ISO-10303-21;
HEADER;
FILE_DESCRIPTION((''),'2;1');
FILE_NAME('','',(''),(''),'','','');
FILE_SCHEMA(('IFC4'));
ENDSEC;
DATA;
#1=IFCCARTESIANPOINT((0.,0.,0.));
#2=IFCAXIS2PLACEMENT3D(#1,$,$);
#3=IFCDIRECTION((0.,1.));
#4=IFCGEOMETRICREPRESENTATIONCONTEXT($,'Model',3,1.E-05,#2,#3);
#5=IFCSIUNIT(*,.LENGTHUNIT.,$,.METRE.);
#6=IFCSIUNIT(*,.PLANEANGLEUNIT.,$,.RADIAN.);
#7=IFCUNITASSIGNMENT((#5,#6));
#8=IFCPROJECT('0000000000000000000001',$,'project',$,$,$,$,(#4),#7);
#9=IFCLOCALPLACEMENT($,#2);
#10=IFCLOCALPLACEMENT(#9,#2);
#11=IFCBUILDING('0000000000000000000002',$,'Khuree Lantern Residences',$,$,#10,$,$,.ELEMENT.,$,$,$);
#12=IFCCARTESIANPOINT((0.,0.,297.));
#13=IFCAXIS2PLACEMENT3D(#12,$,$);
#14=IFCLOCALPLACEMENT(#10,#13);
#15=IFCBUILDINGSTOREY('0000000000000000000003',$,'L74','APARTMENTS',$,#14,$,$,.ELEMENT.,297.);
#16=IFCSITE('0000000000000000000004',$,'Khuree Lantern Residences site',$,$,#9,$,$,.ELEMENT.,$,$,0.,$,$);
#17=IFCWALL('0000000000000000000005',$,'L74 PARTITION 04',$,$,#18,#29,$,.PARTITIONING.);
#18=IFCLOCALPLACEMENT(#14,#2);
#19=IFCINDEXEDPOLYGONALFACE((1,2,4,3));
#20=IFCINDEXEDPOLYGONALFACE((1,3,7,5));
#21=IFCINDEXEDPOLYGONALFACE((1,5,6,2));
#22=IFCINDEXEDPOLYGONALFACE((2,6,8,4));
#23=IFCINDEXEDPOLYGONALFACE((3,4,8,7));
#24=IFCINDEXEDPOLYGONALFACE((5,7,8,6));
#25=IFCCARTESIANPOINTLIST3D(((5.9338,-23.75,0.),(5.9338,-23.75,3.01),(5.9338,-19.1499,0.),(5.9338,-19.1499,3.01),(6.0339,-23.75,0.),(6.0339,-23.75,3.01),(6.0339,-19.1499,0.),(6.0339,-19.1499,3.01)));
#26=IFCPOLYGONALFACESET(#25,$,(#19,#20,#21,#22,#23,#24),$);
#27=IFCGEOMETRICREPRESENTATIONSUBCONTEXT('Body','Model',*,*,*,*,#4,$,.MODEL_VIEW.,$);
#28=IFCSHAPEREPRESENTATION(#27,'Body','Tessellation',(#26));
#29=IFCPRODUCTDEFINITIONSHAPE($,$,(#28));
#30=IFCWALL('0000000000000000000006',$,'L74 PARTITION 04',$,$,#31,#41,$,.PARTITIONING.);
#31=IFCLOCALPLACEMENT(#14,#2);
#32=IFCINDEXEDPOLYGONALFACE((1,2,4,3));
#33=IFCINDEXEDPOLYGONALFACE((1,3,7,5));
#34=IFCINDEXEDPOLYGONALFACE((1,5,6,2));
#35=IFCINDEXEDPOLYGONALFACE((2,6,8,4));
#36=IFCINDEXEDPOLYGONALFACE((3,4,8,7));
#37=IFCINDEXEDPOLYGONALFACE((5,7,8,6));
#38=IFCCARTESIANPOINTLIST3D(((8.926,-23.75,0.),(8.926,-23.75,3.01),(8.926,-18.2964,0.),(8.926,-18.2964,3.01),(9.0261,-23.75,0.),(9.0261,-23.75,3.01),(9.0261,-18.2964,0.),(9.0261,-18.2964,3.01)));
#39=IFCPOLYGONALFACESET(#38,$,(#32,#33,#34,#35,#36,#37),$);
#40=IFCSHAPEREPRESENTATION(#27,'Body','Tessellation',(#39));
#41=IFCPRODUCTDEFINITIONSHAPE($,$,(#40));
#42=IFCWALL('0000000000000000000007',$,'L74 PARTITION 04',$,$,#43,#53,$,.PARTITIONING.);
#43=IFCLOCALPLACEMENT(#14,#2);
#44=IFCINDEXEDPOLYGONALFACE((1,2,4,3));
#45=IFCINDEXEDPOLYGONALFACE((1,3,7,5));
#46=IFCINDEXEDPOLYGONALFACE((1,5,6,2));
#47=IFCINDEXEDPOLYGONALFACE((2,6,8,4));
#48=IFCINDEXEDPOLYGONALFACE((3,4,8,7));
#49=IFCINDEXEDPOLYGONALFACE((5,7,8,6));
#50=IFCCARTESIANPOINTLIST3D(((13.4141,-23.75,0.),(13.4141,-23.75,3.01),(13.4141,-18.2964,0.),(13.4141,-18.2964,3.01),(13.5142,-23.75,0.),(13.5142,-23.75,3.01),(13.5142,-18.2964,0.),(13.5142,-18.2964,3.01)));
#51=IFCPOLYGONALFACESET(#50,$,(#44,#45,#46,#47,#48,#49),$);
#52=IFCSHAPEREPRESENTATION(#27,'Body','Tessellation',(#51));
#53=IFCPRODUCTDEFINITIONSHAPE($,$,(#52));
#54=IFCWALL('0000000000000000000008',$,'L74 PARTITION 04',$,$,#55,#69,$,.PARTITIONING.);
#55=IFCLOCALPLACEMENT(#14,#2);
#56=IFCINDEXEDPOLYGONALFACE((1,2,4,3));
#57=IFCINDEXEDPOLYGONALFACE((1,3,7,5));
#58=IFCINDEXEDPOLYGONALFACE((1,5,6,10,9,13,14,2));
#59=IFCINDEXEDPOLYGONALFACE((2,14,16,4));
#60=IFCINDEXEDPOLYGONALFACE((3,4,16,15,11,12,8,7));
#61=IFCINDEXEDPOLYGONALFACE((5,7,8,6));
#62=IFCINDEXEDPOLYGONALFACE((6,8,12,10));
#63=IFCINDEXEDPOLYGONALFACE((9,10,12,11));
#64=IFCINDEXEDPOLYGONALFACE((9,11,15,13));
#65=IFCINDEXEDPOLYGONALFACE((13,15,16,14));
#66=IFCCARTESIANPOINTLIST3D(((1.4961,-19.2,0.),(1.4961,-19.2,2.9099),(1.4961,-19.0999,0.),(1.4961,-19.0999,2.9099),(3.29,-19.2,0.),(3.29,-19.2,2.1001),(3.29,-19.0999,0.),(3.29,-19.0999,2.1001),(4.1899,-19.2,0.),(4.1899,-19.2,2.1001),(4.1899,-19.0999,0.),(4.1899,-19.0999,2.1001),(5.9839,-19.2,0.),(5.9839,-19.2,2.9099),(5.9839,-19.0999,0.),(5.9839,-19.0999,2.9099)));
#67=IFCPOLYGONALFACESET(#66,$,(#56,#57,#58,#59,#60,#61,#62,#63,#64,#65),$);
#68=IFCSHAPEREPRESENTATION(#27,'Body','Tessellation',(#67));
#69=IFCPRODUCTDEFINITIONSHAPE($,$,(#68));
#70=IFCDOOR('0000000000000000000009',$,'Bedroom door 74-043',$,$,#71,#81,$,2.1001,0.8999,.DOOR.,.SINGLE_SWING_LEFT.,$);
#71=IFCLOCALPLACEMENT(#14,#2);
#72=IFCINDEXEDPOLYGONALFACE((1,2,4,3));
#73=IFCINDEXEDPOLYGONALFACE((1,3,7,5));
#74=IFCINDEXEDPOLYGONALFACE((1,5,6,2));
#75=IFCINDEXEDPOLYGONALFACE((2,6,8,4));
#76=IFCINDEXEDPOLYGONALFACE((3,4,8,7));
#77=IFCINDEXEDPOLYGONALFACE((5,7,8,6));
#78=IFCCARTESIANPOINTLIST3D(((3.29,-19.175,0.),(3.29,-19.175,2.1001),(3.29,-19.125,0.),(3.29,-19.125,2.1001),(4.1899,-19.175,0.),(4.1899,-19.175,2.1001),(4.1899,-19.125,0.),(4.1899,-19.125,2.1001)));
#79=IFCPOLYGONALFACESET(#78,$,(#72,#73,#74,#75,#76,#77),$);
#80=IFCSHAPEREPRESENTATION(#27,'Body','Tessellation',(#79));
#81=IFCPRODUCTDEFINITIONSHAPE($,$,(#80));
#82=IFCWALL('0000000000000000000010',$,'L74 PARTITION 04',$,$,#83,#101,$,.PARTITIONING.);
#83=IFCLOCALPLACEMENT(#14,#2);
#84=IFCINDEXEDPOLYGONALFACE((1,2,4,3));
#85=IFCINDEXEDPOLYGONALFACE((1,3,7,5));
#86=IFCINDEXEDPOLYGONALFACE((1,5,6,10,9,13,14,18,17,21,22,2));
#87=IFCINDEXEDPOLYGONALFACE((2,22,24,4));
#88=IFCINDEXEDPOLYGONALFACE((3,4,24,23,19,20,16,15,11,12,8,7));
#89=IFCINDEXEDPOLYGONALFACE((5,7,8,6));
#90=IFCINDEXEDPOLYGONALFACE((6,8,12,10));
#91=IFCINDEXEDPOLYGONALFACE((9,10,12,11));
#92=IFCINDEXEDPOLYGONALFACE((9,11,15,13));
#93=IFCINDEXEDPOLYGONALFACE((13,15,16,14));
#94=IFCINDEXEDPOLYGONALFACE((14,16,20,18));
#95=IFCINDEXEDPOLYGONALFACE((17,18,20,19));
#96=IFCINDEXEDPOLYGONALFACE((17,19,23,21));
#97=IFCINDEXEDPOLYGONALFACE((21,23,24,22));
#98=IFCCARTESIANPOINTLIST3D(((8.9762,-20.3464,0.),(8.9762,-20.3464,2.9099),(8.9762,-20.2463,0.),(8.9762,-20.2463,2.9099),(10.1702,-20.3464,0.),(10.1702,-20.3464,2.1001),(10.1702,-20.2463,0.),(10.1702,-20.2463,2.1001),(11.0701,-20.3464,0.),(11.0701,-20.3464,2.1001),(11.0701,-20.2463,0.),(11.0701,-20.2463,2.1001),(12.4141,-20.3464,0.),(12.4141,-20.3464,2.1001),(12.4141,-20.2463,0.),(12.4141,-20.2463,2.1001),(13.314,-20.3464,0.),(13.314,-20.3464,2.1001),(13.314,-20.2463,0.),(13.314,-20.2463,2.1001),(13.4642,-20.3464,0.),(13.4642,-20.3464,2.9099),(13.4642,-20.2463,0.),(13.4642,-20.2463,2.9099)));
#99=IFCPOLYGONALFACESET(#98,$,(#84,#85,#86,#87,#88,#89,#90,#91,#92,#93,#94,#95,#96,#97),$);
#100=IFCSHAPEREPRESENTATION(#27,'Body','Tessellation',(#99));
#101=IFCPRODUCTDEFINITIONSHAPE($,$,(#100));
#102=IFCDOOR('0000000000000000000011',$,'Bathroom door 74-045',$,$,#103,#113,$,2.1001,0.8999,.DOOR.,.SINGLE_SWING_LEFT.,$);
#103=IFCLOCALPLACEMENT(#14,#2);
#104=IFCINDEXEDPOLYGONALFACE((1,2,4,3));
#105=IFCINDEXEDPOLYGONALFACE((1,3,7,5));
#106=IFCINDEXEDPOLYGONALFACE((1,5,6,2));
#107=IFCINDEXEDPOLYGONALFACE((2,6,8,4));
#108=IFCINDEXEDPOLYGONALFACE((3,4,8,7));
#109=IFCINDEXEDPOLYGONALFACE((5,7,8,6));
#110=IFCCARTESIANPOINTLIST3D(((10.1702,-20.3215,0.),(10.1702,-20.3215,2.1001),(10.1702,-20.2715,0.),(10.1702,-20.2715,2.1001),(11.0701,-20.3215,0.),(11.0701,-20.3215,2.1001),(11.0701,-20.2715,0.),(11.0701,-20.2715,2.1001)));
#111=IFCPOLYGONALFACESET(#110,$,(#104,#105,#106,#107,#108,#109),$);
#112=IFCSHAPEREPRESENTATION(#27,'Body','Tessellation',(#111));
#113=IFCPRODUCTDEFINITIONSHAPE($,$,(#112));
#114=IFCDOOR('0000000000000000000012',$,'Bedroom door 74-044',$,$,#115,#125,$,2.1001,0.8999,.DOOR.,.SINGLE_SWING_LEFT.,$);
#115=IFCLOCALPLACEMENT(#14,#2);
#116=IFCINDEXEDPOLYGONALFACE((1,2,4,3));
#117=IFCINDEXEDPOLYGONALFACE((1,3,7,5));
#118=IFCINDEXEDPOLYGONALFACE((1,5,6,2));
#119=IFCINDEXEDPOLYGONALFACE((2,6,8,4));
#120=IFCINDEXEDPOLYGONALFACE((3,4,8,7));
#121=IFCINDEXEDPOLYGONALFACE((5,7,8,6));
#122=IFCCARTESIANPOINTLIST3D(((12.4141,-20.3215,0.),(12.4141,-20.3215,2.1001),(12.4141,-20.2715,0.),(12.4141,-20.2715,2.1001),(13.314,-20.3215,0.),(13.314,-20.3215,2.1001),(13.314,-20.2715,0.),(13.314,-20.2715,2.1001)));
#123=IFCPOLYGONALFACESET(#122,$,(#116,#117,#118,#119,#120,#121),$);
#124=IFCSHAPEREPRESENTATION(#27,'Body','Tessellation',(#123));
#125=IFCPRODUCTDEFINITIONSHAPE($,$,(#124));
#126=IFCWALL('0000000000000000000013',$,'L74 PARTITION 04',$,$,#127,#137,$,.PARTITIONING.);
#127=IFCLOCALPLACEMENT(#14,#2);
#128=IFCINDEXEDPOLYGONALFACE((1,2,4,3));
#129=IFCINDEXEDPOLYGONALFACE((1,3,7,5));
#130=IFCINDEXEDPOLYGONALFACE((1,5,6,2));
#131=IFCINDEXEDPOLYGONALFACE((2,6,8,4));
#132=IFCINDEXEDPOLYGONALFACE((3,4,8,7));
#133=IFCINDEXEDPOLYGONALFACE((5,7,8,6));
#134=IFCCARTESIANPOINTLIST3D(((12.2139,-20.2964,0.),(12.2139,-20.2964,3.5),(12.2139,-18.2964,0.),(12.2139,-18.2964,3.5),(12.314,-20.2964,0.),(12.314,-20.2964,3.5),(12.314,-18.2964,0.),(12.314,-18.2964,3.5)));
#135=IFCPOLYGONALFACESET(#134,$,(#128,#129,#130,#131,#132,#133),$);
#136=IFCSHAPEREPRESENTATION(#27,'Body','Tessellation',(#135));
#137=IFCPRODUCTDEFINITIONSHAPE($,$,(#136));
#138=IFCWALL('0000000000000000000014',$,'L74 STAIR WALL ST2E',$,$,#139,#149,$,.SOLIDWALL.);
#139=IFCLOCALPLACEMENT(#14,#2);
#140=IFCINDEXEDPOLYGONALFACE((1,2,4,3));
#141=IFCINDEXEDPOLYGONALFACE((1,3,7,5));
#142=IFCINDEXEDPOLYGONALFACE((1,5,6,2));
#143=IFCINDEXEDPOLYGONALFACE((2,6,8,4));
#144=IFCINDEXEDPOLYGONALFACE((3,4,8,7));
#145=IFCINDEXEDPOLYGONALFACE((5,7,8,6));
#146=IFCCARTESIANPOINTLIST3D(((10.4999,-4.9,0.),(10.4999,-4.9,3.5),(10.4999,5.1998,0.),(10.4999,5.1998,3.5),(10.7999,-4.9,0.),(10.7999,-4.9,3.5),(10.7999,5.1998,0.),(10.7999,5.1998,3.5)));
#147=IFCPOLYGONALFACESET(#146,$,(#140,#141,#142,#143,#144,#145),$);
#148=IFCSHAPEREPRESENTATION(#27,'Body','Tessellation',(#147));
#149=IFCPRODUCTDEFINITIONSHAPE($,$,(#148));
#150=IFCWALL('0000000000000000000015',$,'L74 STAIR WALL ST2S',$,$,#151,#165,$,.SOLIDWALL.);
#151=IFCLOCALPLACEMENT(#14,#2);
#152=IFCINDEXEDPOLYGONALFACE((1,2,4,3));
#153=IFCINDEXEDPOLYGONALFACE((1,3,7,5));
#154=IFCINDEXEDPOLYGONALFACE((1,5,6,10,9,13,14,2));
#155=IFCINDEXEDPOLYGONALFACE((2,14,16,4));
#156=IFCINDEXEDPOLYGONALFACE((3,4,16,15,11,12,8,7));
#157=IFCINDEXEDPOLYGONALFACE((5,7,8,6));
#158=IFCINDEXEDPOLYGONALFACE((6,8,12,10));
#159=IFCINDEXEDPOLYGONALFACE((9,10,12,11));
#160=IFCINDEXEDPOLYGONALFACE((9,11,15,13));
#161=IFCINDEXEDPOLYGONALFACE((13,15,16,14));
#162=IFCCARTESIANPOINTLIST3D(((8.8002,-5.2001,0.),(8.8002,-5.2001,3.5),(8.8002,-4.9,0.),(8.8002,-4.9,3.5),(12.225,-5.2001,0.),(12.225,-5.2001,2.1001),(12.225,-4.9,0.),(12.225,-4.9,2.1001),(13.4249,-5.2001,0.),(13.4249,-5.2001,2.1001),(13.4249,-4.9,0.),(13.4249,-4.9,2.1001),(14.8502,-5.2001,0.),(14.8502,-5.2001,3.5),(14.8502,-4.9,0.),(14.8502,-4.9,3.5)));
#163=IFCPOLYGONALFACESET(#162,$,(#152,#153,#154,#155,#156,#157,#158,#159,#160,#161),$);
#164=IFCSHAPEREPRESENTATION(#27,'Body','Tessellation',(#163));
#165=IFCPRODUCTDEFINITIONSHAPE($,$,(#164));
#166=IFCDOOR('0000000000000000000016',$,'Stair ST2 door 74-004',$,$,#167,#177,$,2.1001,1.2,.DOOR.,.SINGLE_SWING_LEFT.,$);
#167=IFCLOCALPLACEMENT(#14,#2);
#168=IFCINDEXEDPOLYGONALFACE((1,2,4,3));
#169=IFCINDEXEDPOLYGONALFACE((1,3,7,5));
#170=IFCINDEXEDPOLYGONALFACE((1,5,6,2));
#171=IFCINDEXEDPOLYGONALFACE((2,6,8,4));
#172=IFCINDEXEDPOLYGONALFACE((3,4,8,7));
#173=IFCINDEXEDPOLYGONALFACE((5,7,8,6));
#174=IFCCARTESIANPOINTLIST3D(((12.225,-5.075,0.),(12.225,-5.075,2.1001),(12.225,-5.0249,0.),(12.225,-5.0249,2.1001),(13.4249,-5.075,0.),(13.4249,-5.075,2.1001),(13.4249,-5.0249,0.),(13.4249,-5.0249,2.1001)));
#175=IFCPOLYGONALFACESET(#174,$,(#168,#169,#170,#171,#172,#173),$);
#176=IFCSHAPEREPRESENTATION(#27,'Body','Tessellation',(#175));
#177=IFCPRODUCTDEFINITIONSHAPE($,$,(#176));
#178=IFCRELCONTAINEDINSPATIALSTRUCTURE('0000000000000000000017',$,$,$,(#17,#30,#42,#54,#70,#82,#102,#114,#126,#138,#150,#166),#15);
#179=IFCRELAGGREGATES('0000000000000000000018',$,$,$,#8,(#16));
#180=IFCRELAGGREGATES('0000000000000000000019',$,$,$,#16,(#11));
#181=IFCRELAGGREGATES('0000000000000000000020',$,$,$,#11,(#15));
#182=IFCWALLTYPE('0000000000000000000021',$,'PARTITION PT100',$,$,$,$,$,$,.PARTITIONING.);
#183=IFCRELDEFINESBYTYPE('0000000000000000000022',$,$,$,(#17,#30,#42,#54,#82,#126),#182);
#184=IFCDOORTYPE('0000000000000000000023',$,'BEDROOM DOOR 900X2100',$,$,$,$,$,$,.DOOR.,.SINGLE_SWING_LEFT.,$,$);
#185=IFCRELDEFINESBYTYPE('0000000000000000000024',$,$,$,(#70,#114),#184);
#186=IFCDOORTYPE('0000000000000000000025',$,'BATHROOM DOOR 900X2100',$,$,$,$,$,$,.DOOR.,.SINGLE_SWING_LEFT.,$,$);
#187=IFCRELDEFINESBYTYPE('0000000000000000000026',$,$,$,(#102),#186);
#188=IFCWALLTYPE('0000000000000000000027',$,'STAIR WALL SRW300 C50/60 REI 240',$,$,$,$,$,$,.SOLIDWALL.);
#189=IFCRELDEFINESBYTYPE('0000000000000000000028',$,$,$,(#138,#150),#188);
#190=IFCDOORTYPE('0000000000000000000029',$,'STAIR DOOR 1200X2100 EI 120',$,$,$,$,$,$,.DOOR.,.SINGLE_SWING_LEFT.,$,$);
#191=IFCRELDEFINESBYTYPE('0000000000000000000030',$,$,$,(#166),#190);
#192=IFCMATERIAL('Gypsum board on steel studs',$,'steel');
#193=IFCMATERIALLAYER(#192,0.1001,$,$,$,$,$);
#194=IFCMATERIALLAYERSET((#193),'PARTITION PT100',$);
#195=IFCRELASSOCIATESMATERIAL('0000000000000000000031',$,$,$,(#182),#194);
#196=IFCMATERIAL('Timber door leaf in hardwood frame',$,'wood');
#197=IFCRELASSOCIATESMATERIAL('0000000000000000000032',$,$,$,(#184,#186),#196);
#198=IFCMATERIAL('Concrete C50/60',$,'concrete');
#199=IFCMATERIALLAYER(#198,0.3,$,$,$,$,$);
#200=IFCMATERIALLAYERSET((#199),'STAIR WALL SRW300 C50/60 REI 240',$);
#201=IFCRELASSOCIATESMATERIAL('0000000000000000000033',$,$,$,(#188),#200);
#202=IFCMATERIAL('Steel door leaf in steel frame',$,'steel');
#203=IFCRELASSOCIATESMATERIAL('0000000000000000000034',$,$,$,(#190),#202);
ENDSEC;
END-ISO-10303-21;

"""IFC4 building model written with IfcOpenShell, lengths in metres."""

from ifc_helpers import new_model, si_unit, direction, frame, frame_2d, origin, place, context, subcontext, project, spatial, rectangle, extrude, material, layer, layer_set, type_object, element, fill, save


model = new_model("IFC4")

# Units and contexts
model_context = context("Model", 3, precision=1e-05, world=origin(), true_north=direction((0.0, 1.0)))
body_context = subcontext(model_context, "Body", "Model", "MODEL_VIEW")
ifc_project = project(units=[si_unit("LENGTHUNIT", "METRE"), si_unit("PLANEANGLEUNIT", "RADIAN")], contexts=[model_context])

# Site, building, storey
site_placement = place(None, origin())
site = spatial("IfcSite", under=ifc_project, at=site_placement, Name="Khuree Lantern Residences site", CompositionType="ELEMENT", RefElevation=0.0)
building_placement = place(site_placement, origin())
building = spatial("IfcBuilding", under=site, at=building_placement, Name="Khuree Lantern Residences", CompositionType="ELEMENT")
storey_placement = place(building_placement, frame((0.0, 0.0, 297.0)))
storey = spatial("IfcBuildingStorey", under=building, at=storey_placement, Name="L74", Description="APARTMENTS", CompositionType="ELEMENT", Elevation=297.0)

# Shared definitions
ifc_material_1 = material(Name="Timber door leaf in hardwood frame", Category="wood")

# Walls
ifc_material_2 = material(Name="Gypsum board on steel studs", Category="steel")
ifc_layer_1 = layer(ifc_material_2, 0.1001)
ifc_layer_set_1 = layer_set([ifc_layer_1], Name="PARTITION PT100")
wall_type_1 = type_object("IfcWallType", Name="PARTITION PT100", PredefinedType="PARTITIONING", material=ifc_layer_set_1)
for number, where, z_axis, x_axis, name in (
    (1, (5.9839, -19.1499, 0.0), (0.0, 0.0, 1.0), (0.0, -1.0, 0.0), "L74 PARTITION 04"),
):
    element("IfcWall", number, at=place(storey_placement, frame(where, z_axis=z_axis, x_axis=x_axis)), inside=storey, type_object=wall_type_1, Name=name, PredefinedType="PARTITIONING", context=body_context, shape_type="SweptSolid", body=[
        extrude(rectangle(XDim=4.6001, YDim=0.1001, at=frame_2d((2.3, 0.0))), origin(), (0.0, 0.0, 1.0), 3.01),
    ])
for number, where, z_axis, x_axis, name in (
    (2, (8.9761, -18.2964, 0.0), (0.0, 0.0, 1.0), (0.0, -1.0, 0.0), "L74 PARTITION 04"),
    (3, (13.4641, -18.2964, 0.0), (0.0, 0.0, 1.0), (0.0, -1.0, 0.0), "L74 PARTITION 04"),
):
    element("IfcWall", number, at=place(storey_placement, frame(where, z_axis=z_axis, x_axis=x_axis)), inside=storey, type_object=wall_type_1, Name=name, PredefinedType="PARTITIONING", context=body_context, shape_type="SweptSolid", body=[
        extrude(rectangle(XDim=5.4536, YDim=0.1001, at=frame_2d((2.7268, 0.0))), origin(), (0.0, 0.0, 1.0), 3.01),
    ])

# Wall, opening, door
wall_1_placement = place(storey_placement, frame((1.4961, -19.1499, 0.0), z_axis=(0.0, 0.0, 1.0), x_axis=(1.0, 0.0, 0.0)))
wall_1 = element("IfcWall", 4, at=wall_1_placement, inside=storey, type_object=wall_type_1, Name="L74 PARTITION 04", PredefinedType="PARTITIONING", context=body_context, shape_type="SweptSolid", body=[
    extrude(rectangle(XDim=4.4878, YDim=0.1001, at=frame_2d((2.2439, 0.0))), origin(), (0.0, 0.0, 1.0), 2.9099),
])
opening_1_placement = place(wall_1_placement, frame((1.7939, 0.0, 0.0)))
opening_1 = element("IfcOpeningElement", 5, at=opening_1_placement, cuts=wall_1, PredefinedType="OPENING", context=body_context, shape_type="SweptSolid", body=[
    extrude(rectangle(XDim=0.8999, YDim=2.1001, at=frame_2d((0.45, 1.05))), frame((0.0, 0.0601, 0.0), z_axis=(0.0, -1.0, 0.0), x_axis=(1.0, 0.0, 0.0)), (0.0, 0.0, 1.0), 0.1201),
])
door_type_1 = type_object("IfcDoorType", Name="BEDROOM DOOR 900X2100", OperationType="SINGLE_SWING_LEFT", PredefinedType="DOOR", material=ifc_material_1)
door_1_placement = place(opening_1_placement, origin())
door_1 = element("IfcDoor", 6, at=door_1_placement, inside=storey, type_object=door_type_1, Name="Bedroom door 74-043", OperationType="SINGLE_SWING_LEFT", OverallHeight=2.1001, OverallWidth=0.8999, PredefinedType="DOOR", context=body_context, shape_type="SweptSolid", body=[
    extrude(rectangle(XDim=0.8999, YDim=2.1001, at=frame_2d((0.45, 1.05))), frame((0.0, 0.0249, 0.0), z_axis=(0.0, -1.0, 0.0), x_axis=(1.0, 0.0, 0.0)), (0.0, 0.0, 1.0), 0.05),
])
fill(opening_1, door_1)

# Wall, openings, doors
wall_2_placement = place(storey_placement, frame((8.9761, -20.2964, 0.0), z_axis=(0.0, 0.0, 1.0), x_axis=(1.0, 0.0, 0.0)))
wall_2 = element("IfcWall", 7, at=wall_2_placement, inside=storey, type_object=wall_type_1, Name="L74 PARTITION 04", PredefinedType="PARTITIONING", context=body_context, shape_type="SweptSolid", body=[
    extrude(rectangle(XDim=4.488, YDim=0.1001, at=frame_2d((2.2441, 0.0))), origin(), (0.0, 0.0, 1.0), 2.9099),
])
opening_2_placement = place(wall_2_placement, frame((3.438, 0.0, 0.0)))
opening_2 = element("IfcOpeningElement", 8, at=opening_2_placement, cuts=wall_2, PredefinedType="OPENING", context=body_context, shape_type="SweptSolid", body=[
    extrude(rectangle(XDim=0.8999, YDim=2.1001, at=frame_2d((0.45, 1.05))), frame((0.0, 0.0601, 0.0), z_axis=(0.0, -1.0, 0.0), x_axis=(1.0, 0.0, 0.0)), (0.0, 0.0, 1.0), 0.1201),
])
opening_3_placement = place(wall_2_placement, frame((1.1941, 0.0, 0.0)))
opening_3 = element("IfcOpeningElement", 9, at=opening_3_placement, cuts=wall_2, PredefinedType="OPENING", context=body_context, shape_type="SweptSolid", body=[
    extrude(rectangle(XDim=0.8999, YDim=2.1001, at=frame_2d((0.45, 1.05))), frame((0.0, 0.0601, 0.0), z_axis=(0.0, -1.0, 0.0), x_axis=(1.0, 0.0, 0.0)), (0.0, 0.0, 1.0), 0.1201),
])
door_type_2 = type_object("IfcDoorType", Name="BATHROOM DOOR 900X2100", OperationType="SINGLE_SWING_LEFT", PredefinedType="DOOR", material=ifc_material_1)
door_2_placement = place(opening_3_placement, origin())
door_2 = element("IfcDoor", 10, at=door_2_placement, inside=storey, type_object=door_type_2, Name="Bathroom door 74-045", OperationType="SINGLE_SWING_LEFT", OverallHeight=2.1001, OverallWidth=0.8999, PredefinedType="DOOR", context=body_context, shape_type="SweptSolid", body=[
    extrude(rectangle(XDim=0.8999, YDim=2.1001, at=frame_2d((0.45, 1.05))), frame((0.0, 0.0249, 0.0), z_axis=(0.0, -1.0, 0.0), x_axis=(1.0, 0.0, 0.0)), (0.0, 0.0, 1.0), 0.05),
])
fill(opening_3, door_2)
door_3_placement = place(opening_2_placement, origin())
door_3 = element("IfcDoor", 11, at=door_3_placement, inside=storey, type_object=door_type_1, Name="Bedroom door 74-044", OperationType="SINGLE_SWING_LEFT", OverallHeight=2.1001, OverallWidth=0.8999, PredefinedType="DOOR", context=body_context, shape_type="SweptSolid", body=[
    extrude(rectangle(XDim=0.8999, YDim=2.1001, at=frame_2d((0.45, 1.05))), frame((0.0, 0.0249, 0.0), z_axis=(0.0, -1.0, 0.0), x_axis=(1.0, 0.0, 0.0)), (0.0, 0.0, 1.0), 0.05),
])
fill(opening_2, door_3)

# Walls
wall_3_placement = place(storey_placement, frame((12.2639, -18.2964, 0.0), z_axis=(0.0, 0.0, 1.0), x_axis=(0.0, -1.0, 0.0)))
element("IfcWall", 12, at=wall_3_placement, inside=storey, type_object=wall_type_1, Name="L74 PARTITION 04", PredefinedType="PARTITIONING", context=body_context, shape_type="SweptSolid", body=[
    extrude(rectangle(XDim=2.0, YDim=0.1001, at=frame_2d((1.0, 0.0))), origin(), (0.0, 0.0, 1.0), 3.5),
])
ifc_material_3 = material(Name="Concrete C50/60", Category="concrete")
ifc_layer_2 = layer(ifc_material_3, 0.3)
ifc_layer_set_2 = layer_set([ifc_layer_2], Name="STAIR WALL SRW300 C50/60 REI 240")
wall_type_2 = type_object("IfcWallType", Name="STAIR WALL SRW300 C50/60 REI 240", PredefinedType="SOLIDWALL", material=ifc_layer_set_2)
wall_4_placement = place(storey_placement, frame((10.6499, -4.8999, 0.0), z_axis=(0.0, 0.0, 1.0), x_axis=(0.0, 1.0, 0.0)))
element("IfcWall", 13, at=wall_4_placement, inside=storey, type_object=wall_type_2, Name="L74 STAIR WALL ST2E", PredefinedType="SOLIDWALL", context=body_context, shape_type="SweptSolid", body=[
    extrude(rectangle(XDim=10.0999, YDim=0.3, at=frame_2d((5.0498, 0.0))), origin(), (0.0, 0.0, 1.0), 3.5),
])

# Wall, opening, door
wall_5_placement = place(storey_placement, frame((14.8501, -5.05, 0.0), z_axis=(0.0, 0.0, 1.0), x_axis=(-1.0, 0.0, 0.0)))
wall_5 = element("IfcWall", 14, at=wall_5_placement, inside=storey, type_object=wall_type_2, Name="L74 STAIR WALL ST2S", PredefinedType="SOLIDWALL", context=body_context, shape_type="SweptSolid", body=[
    extrude(rectangle(XDim=6.05, YDim=0.3, at=frame_2d((3.0249, 0.0))), origin(), (0.0, 0.0, 1.0), 3.5),
])
opening_4_placement = place(wall_5_placement, frame((1.425, 0.0, 0.0)))
opening_4 = element("IfcOpeningElement", 15, at=opening_4_placement, cuts=wall_5, PredefinedType="OPENING", context=body_context, shape_type="SweptSolid", body=[
    extrude(rectangle(XDim=1.2, YDim=2.1001, at=frame_2d((0.6001, 1.05))), frame((0.0, 0.1602, 0.0), z_axis=(0.0, -1.0, 0.0), x_axis=(1.0, 0.0, 0.0)), (0.0, 0.0, 1.0), 0.3201),
])
ifc_material_4 = material(Name="Steel door leaf in steel frame", Category="steel")
door_type_3 = type_object("IfcDoorType", Name="STAIR DOOR 1200X2100 EI 120", OperationType="SINGLE_SWING_LEFT", PredefinedType="DOOR", material=ifc_material_4)
door_4_placement = place(opening_4_placement, origin())
door_4 = element("IfcDoor", 16, at=door_4_placement, inside=storey, type_object=door_type_3, Name="Stair ST2 door 74-004", OperationType="SINGLE_SWING_LEFT", OverallHeight=2.1001, OverallWidth=1.2, PredefinedType="DOOR", context=body_context, shape_type="SweptSolid", body=[
    extrude(rectangle(XDim=1.2, YDim=2.1001, at=frame_2d((0.6001, 1.05))), frame((0.0, 0.0249, 0.0), z_axis=(0.0, -1.0, 0.0), x_axis=(1.0, 0.0, 0.0)), (0.0, 0.0, 1.0), 0.05),
])
fill(opening_4, door_4)

save(model, "model.ifc")
